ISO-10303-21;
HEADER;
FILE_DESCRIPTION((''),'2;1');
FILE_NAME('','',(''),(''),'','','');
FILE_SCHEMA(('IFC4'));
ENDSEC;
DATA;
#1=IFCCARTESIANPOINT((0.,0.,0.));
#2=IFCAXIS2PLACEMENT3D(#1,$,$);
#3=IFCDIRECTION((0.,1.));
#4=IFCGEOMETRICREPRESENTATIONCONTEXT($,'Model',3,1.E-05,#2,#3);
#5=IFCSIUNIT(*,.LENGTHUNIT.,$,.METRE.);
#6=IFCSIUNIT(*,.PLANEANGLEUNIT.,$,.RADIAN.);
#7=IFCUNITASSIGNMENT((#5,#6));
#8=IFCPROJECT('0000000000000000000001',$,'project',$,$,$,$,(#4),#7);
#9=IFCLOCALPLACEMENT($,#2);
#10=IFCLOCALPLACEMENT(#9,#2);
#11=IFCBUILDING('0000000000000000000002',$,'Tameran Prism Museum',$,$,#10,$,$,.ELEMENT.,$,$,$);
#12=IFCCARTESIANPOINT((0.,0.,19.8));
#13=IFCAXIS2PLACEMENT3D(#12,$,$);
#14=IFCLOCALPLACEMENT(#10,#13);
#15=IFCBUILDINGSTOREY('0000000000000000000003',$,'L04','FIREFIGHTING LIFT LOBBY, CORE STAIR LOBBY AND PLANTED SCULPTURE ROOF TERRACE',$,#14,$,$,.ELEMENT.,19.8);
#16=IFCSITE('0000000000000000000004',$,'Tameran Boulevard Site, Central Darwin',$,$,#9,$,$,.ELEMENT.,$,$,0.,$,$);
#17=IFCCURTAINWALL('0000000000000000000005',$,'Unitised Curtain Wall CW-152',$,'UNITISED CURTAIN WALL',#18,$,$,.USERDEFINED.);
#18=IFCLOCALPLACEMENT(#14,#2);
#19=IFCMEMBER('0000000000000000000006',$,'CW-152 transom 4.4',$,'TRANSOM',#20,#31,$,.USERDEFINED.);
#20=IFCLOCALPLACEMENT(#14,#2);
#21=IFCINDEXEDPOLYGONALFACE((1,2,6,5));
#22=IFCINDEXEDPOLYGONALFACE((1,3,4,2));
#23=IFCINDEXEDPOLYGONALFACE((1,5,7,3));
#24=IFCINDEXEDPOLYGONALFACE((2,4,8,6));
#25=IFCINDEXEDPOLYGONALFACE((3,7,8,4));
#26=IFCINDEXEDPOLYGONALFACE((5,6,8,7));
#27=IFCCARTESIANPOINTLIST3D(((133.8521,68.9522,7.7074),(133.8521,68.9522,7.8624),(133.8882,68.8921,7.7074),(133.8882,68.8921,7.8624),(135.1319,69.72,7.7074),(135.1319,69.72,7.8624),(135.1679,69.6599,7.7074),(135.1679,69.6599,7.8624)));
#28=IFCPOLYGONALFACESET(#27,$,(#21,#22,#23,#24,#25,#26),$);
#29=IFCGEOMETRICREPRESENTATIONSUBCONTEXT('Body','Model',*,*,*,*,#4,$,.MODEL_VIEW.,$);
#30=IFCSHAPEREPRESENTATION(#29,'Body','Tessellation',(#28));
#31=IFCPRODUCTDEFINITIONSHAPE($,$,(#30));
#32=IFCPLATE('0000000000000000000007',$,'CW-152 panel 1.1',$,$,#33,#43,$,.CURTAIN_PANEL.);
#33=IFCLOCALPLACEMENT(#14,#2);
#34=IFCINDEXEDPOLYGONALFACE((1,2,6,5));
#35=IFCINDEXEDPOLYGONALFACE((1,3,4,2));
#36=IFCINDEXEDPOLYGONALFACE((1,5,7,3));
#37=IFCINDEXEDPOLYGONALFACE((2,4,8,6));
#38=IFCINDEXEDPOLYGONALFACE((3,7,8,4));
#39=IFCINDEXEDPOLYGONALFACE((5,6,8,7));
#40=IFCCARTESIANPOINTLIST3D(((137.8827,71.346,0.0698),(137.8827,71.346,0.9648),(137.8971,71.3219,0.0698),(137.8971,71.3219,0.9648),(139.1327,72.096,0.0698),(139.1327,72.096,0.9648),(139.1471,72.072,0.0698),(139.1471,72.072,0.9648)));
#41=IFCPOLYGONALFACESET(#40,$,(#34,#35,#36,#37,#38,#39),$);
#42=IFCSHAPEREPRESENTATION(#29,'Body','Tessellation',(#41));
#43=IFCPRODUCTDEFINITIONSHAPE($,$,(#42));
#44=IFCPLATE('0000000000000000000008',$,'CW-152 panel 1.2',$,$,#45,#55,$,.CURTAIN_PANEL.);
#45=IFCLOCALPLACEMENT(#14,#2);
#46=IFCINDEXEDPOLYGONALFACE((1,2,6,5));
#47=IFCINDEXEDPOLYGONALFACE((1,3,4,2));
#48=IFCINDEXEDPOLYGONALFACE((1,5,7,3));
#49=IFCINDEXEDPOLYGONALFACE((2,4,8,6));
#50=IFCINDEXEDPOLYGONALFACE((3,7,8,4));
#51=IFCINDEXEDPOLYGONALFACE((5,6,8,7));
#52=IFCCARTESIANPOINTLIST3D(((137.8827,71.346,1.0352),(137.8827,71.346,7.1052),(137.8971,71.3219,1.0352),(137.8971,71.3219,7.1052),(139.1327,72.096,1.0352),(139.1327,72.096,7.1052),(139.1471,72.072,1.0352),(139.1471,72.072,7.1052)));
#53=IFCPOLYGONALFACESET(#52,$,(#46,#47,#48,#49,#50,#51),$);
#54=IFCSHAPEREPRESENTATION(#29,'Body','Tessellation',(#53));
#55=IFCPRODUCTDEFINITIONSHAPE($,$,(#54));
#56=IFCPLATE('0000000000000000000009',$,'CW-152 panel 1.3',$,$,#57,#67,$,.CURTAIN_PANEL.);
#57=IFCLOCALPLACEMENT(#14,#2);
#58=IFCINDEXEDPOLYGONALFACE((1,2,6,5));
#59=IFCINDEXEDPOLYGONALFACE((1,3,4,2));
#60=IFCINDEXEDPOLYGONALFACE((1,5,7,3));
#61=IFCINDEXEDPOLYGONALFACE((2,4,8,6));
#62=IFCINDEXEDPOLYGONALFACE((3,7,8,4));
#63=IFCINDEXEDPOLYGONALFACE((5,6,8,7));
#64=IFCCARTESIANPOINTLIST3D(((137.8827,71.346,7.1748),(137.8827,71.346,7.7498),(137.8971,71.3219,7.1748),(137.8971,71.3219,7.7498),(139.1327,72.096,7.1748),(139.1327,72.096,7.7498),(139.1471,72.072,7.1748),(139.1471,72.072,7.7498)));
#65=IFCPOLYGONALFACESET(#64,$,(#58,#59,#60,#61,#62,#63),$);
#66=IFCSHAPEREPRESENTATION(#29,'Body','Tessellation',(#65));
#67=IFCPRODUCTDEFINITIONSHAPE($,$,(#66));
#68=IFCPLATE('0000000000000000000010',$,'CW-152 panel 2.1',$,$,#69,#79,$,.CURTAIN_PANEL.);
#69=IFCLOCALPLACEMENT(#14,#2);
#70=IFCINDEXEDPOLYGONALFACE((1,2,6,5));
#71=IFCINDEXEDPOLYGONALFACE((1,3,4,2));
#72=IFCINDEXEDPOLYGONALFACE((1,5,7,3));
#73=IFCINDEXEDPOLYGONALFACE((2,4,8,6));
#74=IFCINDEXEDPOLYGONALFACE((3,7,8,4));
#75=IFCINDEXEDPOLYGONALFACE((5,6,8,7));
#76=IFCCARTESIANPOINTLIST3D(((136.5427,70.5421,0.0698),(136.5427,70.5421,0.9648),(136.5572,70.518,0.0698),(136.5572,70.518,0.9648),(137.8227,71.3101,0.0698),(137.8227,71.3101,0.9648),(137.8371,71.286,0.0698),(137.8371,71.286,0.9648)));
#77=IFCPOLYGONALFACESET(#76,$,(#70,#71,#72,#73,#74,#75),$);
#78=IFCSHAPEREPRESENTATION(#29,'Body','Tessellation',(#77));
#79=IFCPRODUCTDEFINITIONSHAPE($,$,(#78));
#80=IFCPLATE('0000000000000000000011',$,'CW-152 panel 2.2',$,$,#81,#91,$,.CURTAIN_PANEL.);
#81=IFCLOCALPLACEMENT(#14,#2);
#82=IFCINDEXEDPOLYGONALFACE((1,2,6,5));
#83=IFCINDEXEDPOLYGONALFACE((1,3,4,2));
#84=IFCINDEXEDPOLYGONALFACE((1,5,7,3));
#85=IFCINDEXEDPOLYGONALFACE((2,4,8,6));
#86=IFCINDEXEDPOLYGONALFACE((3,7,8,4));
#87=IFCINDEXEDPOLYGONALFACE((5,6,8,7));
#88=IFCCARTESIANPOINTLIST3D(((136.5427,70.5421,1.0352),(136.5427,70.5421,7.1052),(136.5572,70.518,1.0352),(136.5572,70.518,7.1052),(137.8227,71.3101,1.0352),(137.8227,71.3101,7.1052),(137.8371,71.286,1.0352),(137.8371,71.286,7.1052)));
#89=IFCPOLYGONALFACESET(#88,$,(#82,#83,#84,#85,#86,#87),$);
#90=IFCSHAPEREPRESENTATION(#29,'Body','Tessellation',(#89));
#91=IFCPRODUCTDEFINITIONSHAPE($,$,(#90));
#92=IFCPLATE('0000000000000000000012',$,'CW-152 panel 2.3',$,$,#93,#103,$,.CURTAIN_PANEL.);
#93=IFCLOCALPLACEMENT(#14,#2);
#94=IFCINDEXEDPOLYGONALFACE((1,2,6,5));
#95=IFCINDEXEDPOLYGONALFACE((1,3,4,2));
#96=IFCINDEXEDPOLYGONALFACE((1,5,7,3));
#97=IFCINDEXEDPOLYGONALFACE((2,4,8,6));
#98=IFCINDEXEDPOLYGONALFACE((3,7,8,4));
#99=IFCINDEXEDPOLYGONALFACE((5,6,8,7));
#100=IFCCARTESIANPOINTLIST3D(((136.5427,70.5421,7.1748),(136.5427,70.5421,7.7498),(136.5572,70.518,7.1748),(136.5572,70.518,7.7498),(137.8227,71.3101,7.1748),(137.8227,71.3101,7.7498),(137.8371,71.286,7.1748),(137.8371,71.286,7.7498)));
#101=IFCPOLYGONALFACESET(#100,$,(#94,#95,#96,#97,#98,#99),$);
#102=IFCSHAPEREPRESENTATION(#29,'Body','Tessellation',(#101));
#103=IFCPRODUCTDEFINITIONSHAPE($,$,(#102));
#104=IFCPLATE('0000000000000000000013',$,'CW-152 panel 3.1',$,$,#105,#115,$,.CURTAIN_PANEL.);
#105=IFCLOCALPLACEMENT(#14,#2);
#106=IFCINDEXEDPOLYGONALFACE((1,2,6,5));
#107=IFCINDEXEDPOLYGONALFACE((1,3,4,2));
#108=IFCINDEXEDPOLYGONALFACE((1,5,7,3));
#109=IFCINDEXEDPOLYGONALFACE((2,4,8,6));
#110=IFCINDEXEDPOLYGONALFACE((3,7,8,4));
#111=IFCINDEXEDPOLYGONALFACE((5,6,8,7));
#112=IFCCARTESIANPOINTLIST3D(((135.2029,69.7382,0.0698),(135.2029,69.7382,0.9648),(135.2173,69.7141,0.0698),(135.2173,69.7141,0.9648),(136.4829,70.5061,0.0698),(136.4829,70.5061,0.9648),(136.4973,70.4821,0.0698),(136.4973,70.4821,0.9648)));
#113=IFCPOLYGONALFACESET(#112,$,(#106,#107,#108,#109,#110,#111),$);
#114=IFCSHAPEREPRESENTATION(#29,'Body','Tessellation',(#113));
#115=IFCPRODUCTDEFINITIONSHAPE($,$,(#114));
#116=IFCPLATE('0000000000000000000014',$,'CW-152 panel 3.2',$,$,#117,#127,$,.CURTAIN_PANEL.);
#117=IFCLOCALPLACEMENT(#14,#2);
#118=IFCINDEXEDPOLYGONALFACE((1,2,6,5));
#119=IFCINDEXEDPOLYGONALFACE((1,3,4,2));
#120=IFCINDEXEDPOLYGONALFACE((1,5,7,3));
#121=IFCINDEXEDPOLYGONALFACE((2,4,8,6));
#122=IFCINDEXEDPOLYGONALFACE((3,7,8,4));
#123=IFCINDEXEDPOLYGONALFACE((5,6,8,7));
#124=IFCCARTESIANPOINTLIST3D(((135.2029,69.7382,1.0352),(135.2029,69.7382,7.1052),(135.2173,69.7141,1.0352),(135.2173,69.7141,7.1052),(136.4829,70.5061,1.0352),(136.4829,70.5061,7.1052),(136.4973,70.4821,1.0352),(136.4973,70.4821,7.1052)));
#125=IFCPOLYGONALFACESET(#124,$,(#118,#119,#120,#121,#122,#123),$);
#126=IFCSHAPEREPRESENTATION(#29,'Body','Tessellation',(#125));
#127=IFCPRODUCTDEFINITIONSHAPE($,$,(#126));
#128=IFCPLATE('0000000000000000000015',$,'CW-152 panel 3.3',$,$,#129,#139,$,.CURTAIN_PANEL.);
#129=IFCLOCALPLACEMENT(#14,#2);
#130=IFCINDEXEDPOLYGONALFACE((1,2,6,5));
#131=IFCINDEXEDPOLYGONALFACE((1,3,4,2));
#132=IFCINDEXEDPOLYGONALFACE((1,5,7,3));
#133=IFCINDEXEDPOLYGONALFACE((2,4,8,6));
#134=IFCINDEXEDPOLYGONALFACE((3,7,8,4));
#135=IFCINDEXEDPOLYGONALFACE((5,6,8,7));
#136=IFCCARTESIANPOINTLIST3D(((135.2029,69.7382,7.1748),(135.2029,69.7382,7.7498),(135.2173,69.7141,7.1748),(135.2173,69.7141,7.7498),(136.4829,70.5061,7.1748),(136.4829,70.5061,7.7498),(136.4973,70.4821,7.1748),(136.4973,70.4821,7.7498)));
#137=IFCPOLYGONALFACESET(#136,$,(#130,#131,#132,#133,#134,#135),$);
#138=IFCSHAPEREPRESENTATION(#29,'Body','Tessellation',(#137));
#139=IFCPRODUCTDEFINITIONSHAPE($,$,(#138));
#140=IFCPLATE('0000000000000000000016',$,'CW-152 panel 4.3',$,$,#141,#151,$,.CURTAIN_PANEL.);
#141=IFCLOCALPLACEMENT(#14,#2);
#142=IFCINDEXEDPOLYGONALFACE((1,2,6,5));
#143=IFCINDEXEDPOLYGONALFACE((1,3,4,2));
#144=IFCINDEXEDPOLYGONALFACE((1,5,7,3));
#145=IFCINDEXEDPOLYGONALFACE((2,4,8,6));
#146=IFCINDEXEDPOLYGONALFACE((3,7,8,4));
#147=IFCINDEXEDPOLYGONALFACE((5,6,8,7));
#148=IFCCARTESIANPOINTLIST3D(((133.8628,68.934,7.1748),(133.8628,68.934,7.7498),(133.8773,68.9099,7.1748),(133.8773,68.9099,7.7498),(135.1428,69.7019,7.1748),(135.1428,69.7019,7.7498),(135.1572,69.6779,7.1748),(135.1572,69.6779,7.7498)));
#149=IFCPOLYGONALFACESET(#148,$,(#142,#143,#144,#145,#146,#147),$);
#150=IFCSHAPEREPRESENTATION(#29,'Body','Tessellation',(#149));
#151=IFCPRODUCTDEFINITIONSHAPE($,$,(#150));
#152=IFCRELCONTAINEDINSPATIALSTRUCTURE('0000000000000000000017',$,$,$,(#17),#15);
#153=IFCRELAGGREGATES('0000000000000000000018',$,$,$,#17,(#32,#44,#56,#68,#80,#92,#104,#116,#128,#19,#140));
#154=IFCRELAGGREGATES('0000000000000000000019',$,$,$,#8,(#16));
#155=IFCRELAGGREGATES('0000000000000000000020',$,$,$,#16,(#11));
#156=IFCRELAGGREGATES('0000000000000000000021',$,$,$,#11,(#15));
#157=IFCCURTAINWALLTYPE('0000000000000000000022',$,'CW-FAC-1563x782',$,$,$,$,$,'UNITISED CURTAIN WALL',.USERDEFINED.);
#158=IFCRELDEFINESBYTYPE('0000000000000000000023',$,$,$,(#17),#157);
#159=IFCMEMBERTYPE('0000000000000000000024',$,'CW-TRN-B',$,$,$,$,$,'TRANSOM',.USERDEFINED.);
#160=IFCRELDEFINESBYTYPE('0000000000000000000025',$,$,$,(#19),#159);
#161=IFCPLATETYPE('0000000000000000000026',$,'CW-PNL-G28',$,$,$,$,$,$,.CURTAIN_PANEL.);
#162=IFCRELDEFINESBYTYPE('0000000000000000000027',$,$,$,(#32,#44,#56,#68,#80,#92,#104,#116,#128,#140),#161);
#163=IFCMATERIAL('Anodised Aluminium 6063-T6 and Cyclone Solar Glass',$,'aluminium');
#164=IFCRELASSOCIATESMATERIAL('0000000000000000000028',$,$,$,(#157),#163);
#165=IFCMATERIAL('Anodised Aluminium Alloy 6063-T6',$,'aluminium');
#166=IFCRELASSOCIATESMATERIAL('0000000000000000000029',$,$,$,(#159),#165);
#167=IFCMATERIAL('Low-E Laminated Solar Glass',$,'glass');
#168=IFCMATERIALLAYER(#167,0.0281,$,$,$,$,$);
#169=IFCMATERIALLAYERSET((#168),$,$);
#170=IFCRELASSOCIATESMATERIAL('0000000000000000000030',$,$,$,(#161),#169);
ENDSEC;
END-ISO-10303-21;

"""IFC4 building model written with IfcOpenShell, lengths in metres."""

from ifc_helpers import new_model, si_unit, direction, frame, origin, origin_2d, place, context, subcontext, project, spatial, rectangle, extrude, material, layer, layer_set, material_profile, profile_set, type_object, element, aggregate, save


model = new_model("IFC4")

# Units and contexts
model_context = context("Model", 3, precision=1e-05, world=origin(), true_north=direction((0.0, 1.0)))
body_context = subcontext(model_context, "Body", "Model", "MODEL_VIEW")
ifc_project = project(units=[si_unit("LENGTHUNIT", "METRE"), si_unit("PLANEANGLEUNIT", "RADIAN")], contexts=[model_context])

# Site, building, storey
site_placement = place(None, origin())
site = spatial("IfcSite", under=ifc_project, at=site_placement, Name="Tameran Boulevard Site, Central Darwin", CompositionType="ELEMENT", RefElevation=0.0)
building_placement = place(site_placement, origin())
building = spatial("IfcBuilding", under=site, at=building_placement, Name="Tameran Prism Museum", CompositionType="ELEMENT")
storey_placement = place(building_placement, frame((0.0, 0.0, 19.8)))
storey = spatial("IfcBuildingStorey", under=building, at=storey_placement, Name="L04", Description="FIREFIGHTING LIFT LOBBY, CORE STAIR LOBBY AND PLANTED SCULPTURE ROOF TERRACE", CompositionType="ELEMENT", Elevation=19.8)

# Curtain wall, member, plates
ifc_material_1 = material(Name="Anodised Aluminium 6063-T6 and Cyclone Solar Glass", Category="aluminium")
curtain_wall_type = type_object("IfcCurtainWallType", Name="CW-FAC-1563x782", ElementType="UNITISED CURTAIN WALL", PredefinedType="USERDEFINED", material=ifc_material_1)
curtain_wall_placement = place(storey_placement, origin())
curtain_wall = element("IfcCurtainWall", 1, at=curtain_wall_placement, inside=storey, type_object=curtain_wall_type, Name="Unitised Curtain Wall CW-152", ObjectType="UNITISED CURTAIN WALL", PredefinedType="USERDEFINED")
ifc_material_2 = material(Name="Anodised Aluminium Alloy 6063-T6", Category="aluminium")
ifc_material_profile_1 = material_profile(ifc_material_2, rectangle(XDim=0.0701, YDim=0.155, at=origin_2d()))
ifc_profile_set_1 = profile_set([ifc_material_profile_1])
member_type_1 = type_object("IfcMemberType", Name="CW-TRN-B", ElementType="TRANSOM", PredefinedType="USERDEFINED", material=ifc_profile_set_1)
member_1_placement = place(storey_placement, frame((135.1499, 69.6899, 7.7849), z_axis=(-0.857507, -0.514472, 0.0), x_axis=(0.514472, -0.857507, 0.0)))
member_1 = element("IfcMember", 2, at=member_1_placement, type_object=member_type_1, Name="CW-152 transom 4.4", ObjectType="TRANSOM", PredefinedType="USERDEFINED", context=body_context, shape_type="SweptSolid", body=[
    extrude(rectangle(XDim=0.0701, YDim=0.155, at=origin_2d()), origin(), (0.0, 0.0, 1.0), 1.4924),
])
ifc_material_3 = material(Name="Low-E Laminated Solar Glass", Category="glass")
ifc_layer = layer(ifc_material_3, 0.0281)
ifc_layer_set = layer_set([ifc_layer])
plate_type = type_object("IfcPlateType", Name="CW-PNL-G28", PredefinedType="CURTAIN_PANEL", material=ifc_layer_set)
plate_1_placement = place(storey_placement, frame((138.5149, 71.709, 0.0698), z_axis=(0.0, 0.0, 1.0), x_axis=(-0.857493, -0.514496, 0.0)))
plate_1 = element("IfcPlate", 3, at=plate_1_placement, type_object=plate_type, Name="CW-152 panel 1.1", PredefinedType="CURTAIN_PANEL", context=body_context, shape_type="SweptSolid", body=[
    extrude(rectangle(XDim=1.4578, YDim=0.0281, at=origin_2d()), origin(), (0.0, 0.0, 1.0), 0.895),
])
plate_2_placement = place(storey_placement, frame((138.5149, 71.709, 1.0352), z_axis=(0.0, 0.0, 1.0), x_axis=(-0.857493, -0.514496, 0.0)))
plate_2 = element("IfcPlate", 4, at=plate_2_placement, type_object=plate_type, Name="CW-152 panel 1.2", PredefinedType="CURTAIN_PANEL", context=body_context, shape_type="SweptSolid", body=[
    extrude(rectangle(XDim=1.4578, YDim=0.0281, at=origin_2d()), origin(), (0.0, 0.0, 1.0), 6.0701),
])
plate_3_placement = place(storey_placement, frame((138.5149, 71.709, 7.1748), z_axis=(0.0, 0.0, 1.0), x_axis=(-0.857493, -0.514496, 0.0)))
plate_3 = element("IfcPlate", 5, at=plate_3_placement, type_object=plate_type, Name="CW-152 panel 1.3", PredefinedType="CURTAIN_PANEL", context=body_context, shape_type="SweptSolid", body=[
    extrude(rectangle(XDim=1.4578, YDim=0.0281, at=origin_2d()), origin(), (0.0, 0.0, 1.0), 0.575),
])
plate_4_placement = place(storey_placement, frame((137.1899, 70.9141, 0.0698), z_axis=(0.0, 0.0, 1.0), x_axis=(-0.857493, -0.514496, 0.0)))
plate_4 = element("IfcPlate", 6, at=plate_4_placement, type_object=plate_type, Name="CW-152 panel 2.1", PredefinedType="CURTAIN_PANEL", context=body_context, shape_type="SweptSolid", body=[
    extrude(rectangle(XDim=1.4927, YDim=0.0281, at=origin_2d()), origin(), (0.0, 0.0, 1.0), 0.895),
])
plate_5_placement = place(storey_placement, frame((137.1899, 70.9141, 1.0352), z_axis=(0.0, 0.0, 1.0), x_axis=(-0.857493, -0.514496, 0.0)))
plate_5 = element("IfcPlate", 7, at=plate_5_placement, type_object=plate_type, Name="CW-152 panel 2.2", PredefinedType="CURTAIN_PANEL", context=body_context, shape_type="SweptSolid", body=[
    extrude(rectangle(XDim=1.4927, YDim=0.0281, at=origin_2d()), origin(), (0.0, 0.0, 1.0), 6.0701),
])
plate_6_placement = place(storey_placement, frame((137.1899, 70.9141, 7.1748), z_axis=(0.0, 0.0, 1.0), x_axis=(-0.857493, -0.514496, 0.0)))
plate_6 = element("IfcPlate", 8, at=plate_6_placement, type_object=plate_type, Name="CW-152 panel 2.3", PredefinedType="CURTAIN_PANEL", context=body_context, shape_type="SweptSolid", body=[
    extrude(rectangle(XDim=1.4927, YDim=0.0281, at=origin_2d()), origin(), (0.0, 0.0, 1.0), 0.575),
])
plate_7_placement = place(storey_placement, frame((135.8501, 70.1101, 0.0698), z_axis=(0.0, 0.0, 1.0), x_axis=(-0.857493, -0.514496, 0.0)))
plate_7 = element("IfcPlate", 9, at=plate_7_placement, type_object=plate_type, Name="CW-152 panel 3.1", PredefinedType="CURTAIN_PANEL", context=body_context, shape_type="SweptSolid", body=[
    extrude(rectangle(XDim=1.4927, YDim=0.0281, at=origin_2d()), origin(), (0.0, 0.0, 1.0), 0.895),
])
plate_8_placement = place(storey_placement, frame((135.8501, 70.1101, 1.0352), z_axis=(0.0, 0.0, 1.0), x_axis=(-0.857493, -0.514496, 0.0)))
plate_8 = element("IfcPlate", 10, at=plate_8_placement, type_object=plate_type, Name="CW-152 panel 3.2", PredefinedType="CURTAIN_PANEL", context=body_context, shape_type="SweptSolid", body=[
    extrude(rectangle(XDim=1.4927, YDim=0.0281, at=origin_2d()), origin(), (0.0, 0.0, 1.0), 6.0701),
])
plate_9_placement = place(storey_placement, frame((135.8501, 70.1101, 7.1748), z_axis=(0.0, 0.0, 1.0), x_axis=(-0.857493, -0.514496, 0.0)))
plate_9 = element("IfcPlate", 11, at=plate_9_placement, type_object=plate_type, Name="CW-152 panel 3.3", PredefinedType="CURTAIN_PANEL", context=body_context, shape_type="SweptSolid", body=[
    extrude(rectangle(XDim=1.4927, YDim=0.0281, at=origin_2d()), origin(), (0.0, 0.0, 1.0), 0.575),
])
plate_10_placement = place(storey_placement, frame((134.51, 69.3059, 7.1748), z_axis=(0.0, 0.0, 1.0), x_axis=(-0.857493, -0.514496, 0.0)))
plate_10 = element("IfcPlate", 12, at=plate_10_placement, type_object=plate_type, Name="CW-152 panel 4.3", PredefinedType="CURTAIN_PANEL", context=body_context, shape_type="SweptSolid", body=[
    extrude(rectangle(XDim=1.4927, YDim=0.0281, at=origin_2d()), origin(), (0.0, 0.0, 1.0), 0.575),
])
aggregate(curtain_wall, [plate_1, plate_2, plate_3, plate_4, plate_5, plate_6, plate_7, plate_8, plate_9, member_1, plate_10])

save(model, "model.ifc")
